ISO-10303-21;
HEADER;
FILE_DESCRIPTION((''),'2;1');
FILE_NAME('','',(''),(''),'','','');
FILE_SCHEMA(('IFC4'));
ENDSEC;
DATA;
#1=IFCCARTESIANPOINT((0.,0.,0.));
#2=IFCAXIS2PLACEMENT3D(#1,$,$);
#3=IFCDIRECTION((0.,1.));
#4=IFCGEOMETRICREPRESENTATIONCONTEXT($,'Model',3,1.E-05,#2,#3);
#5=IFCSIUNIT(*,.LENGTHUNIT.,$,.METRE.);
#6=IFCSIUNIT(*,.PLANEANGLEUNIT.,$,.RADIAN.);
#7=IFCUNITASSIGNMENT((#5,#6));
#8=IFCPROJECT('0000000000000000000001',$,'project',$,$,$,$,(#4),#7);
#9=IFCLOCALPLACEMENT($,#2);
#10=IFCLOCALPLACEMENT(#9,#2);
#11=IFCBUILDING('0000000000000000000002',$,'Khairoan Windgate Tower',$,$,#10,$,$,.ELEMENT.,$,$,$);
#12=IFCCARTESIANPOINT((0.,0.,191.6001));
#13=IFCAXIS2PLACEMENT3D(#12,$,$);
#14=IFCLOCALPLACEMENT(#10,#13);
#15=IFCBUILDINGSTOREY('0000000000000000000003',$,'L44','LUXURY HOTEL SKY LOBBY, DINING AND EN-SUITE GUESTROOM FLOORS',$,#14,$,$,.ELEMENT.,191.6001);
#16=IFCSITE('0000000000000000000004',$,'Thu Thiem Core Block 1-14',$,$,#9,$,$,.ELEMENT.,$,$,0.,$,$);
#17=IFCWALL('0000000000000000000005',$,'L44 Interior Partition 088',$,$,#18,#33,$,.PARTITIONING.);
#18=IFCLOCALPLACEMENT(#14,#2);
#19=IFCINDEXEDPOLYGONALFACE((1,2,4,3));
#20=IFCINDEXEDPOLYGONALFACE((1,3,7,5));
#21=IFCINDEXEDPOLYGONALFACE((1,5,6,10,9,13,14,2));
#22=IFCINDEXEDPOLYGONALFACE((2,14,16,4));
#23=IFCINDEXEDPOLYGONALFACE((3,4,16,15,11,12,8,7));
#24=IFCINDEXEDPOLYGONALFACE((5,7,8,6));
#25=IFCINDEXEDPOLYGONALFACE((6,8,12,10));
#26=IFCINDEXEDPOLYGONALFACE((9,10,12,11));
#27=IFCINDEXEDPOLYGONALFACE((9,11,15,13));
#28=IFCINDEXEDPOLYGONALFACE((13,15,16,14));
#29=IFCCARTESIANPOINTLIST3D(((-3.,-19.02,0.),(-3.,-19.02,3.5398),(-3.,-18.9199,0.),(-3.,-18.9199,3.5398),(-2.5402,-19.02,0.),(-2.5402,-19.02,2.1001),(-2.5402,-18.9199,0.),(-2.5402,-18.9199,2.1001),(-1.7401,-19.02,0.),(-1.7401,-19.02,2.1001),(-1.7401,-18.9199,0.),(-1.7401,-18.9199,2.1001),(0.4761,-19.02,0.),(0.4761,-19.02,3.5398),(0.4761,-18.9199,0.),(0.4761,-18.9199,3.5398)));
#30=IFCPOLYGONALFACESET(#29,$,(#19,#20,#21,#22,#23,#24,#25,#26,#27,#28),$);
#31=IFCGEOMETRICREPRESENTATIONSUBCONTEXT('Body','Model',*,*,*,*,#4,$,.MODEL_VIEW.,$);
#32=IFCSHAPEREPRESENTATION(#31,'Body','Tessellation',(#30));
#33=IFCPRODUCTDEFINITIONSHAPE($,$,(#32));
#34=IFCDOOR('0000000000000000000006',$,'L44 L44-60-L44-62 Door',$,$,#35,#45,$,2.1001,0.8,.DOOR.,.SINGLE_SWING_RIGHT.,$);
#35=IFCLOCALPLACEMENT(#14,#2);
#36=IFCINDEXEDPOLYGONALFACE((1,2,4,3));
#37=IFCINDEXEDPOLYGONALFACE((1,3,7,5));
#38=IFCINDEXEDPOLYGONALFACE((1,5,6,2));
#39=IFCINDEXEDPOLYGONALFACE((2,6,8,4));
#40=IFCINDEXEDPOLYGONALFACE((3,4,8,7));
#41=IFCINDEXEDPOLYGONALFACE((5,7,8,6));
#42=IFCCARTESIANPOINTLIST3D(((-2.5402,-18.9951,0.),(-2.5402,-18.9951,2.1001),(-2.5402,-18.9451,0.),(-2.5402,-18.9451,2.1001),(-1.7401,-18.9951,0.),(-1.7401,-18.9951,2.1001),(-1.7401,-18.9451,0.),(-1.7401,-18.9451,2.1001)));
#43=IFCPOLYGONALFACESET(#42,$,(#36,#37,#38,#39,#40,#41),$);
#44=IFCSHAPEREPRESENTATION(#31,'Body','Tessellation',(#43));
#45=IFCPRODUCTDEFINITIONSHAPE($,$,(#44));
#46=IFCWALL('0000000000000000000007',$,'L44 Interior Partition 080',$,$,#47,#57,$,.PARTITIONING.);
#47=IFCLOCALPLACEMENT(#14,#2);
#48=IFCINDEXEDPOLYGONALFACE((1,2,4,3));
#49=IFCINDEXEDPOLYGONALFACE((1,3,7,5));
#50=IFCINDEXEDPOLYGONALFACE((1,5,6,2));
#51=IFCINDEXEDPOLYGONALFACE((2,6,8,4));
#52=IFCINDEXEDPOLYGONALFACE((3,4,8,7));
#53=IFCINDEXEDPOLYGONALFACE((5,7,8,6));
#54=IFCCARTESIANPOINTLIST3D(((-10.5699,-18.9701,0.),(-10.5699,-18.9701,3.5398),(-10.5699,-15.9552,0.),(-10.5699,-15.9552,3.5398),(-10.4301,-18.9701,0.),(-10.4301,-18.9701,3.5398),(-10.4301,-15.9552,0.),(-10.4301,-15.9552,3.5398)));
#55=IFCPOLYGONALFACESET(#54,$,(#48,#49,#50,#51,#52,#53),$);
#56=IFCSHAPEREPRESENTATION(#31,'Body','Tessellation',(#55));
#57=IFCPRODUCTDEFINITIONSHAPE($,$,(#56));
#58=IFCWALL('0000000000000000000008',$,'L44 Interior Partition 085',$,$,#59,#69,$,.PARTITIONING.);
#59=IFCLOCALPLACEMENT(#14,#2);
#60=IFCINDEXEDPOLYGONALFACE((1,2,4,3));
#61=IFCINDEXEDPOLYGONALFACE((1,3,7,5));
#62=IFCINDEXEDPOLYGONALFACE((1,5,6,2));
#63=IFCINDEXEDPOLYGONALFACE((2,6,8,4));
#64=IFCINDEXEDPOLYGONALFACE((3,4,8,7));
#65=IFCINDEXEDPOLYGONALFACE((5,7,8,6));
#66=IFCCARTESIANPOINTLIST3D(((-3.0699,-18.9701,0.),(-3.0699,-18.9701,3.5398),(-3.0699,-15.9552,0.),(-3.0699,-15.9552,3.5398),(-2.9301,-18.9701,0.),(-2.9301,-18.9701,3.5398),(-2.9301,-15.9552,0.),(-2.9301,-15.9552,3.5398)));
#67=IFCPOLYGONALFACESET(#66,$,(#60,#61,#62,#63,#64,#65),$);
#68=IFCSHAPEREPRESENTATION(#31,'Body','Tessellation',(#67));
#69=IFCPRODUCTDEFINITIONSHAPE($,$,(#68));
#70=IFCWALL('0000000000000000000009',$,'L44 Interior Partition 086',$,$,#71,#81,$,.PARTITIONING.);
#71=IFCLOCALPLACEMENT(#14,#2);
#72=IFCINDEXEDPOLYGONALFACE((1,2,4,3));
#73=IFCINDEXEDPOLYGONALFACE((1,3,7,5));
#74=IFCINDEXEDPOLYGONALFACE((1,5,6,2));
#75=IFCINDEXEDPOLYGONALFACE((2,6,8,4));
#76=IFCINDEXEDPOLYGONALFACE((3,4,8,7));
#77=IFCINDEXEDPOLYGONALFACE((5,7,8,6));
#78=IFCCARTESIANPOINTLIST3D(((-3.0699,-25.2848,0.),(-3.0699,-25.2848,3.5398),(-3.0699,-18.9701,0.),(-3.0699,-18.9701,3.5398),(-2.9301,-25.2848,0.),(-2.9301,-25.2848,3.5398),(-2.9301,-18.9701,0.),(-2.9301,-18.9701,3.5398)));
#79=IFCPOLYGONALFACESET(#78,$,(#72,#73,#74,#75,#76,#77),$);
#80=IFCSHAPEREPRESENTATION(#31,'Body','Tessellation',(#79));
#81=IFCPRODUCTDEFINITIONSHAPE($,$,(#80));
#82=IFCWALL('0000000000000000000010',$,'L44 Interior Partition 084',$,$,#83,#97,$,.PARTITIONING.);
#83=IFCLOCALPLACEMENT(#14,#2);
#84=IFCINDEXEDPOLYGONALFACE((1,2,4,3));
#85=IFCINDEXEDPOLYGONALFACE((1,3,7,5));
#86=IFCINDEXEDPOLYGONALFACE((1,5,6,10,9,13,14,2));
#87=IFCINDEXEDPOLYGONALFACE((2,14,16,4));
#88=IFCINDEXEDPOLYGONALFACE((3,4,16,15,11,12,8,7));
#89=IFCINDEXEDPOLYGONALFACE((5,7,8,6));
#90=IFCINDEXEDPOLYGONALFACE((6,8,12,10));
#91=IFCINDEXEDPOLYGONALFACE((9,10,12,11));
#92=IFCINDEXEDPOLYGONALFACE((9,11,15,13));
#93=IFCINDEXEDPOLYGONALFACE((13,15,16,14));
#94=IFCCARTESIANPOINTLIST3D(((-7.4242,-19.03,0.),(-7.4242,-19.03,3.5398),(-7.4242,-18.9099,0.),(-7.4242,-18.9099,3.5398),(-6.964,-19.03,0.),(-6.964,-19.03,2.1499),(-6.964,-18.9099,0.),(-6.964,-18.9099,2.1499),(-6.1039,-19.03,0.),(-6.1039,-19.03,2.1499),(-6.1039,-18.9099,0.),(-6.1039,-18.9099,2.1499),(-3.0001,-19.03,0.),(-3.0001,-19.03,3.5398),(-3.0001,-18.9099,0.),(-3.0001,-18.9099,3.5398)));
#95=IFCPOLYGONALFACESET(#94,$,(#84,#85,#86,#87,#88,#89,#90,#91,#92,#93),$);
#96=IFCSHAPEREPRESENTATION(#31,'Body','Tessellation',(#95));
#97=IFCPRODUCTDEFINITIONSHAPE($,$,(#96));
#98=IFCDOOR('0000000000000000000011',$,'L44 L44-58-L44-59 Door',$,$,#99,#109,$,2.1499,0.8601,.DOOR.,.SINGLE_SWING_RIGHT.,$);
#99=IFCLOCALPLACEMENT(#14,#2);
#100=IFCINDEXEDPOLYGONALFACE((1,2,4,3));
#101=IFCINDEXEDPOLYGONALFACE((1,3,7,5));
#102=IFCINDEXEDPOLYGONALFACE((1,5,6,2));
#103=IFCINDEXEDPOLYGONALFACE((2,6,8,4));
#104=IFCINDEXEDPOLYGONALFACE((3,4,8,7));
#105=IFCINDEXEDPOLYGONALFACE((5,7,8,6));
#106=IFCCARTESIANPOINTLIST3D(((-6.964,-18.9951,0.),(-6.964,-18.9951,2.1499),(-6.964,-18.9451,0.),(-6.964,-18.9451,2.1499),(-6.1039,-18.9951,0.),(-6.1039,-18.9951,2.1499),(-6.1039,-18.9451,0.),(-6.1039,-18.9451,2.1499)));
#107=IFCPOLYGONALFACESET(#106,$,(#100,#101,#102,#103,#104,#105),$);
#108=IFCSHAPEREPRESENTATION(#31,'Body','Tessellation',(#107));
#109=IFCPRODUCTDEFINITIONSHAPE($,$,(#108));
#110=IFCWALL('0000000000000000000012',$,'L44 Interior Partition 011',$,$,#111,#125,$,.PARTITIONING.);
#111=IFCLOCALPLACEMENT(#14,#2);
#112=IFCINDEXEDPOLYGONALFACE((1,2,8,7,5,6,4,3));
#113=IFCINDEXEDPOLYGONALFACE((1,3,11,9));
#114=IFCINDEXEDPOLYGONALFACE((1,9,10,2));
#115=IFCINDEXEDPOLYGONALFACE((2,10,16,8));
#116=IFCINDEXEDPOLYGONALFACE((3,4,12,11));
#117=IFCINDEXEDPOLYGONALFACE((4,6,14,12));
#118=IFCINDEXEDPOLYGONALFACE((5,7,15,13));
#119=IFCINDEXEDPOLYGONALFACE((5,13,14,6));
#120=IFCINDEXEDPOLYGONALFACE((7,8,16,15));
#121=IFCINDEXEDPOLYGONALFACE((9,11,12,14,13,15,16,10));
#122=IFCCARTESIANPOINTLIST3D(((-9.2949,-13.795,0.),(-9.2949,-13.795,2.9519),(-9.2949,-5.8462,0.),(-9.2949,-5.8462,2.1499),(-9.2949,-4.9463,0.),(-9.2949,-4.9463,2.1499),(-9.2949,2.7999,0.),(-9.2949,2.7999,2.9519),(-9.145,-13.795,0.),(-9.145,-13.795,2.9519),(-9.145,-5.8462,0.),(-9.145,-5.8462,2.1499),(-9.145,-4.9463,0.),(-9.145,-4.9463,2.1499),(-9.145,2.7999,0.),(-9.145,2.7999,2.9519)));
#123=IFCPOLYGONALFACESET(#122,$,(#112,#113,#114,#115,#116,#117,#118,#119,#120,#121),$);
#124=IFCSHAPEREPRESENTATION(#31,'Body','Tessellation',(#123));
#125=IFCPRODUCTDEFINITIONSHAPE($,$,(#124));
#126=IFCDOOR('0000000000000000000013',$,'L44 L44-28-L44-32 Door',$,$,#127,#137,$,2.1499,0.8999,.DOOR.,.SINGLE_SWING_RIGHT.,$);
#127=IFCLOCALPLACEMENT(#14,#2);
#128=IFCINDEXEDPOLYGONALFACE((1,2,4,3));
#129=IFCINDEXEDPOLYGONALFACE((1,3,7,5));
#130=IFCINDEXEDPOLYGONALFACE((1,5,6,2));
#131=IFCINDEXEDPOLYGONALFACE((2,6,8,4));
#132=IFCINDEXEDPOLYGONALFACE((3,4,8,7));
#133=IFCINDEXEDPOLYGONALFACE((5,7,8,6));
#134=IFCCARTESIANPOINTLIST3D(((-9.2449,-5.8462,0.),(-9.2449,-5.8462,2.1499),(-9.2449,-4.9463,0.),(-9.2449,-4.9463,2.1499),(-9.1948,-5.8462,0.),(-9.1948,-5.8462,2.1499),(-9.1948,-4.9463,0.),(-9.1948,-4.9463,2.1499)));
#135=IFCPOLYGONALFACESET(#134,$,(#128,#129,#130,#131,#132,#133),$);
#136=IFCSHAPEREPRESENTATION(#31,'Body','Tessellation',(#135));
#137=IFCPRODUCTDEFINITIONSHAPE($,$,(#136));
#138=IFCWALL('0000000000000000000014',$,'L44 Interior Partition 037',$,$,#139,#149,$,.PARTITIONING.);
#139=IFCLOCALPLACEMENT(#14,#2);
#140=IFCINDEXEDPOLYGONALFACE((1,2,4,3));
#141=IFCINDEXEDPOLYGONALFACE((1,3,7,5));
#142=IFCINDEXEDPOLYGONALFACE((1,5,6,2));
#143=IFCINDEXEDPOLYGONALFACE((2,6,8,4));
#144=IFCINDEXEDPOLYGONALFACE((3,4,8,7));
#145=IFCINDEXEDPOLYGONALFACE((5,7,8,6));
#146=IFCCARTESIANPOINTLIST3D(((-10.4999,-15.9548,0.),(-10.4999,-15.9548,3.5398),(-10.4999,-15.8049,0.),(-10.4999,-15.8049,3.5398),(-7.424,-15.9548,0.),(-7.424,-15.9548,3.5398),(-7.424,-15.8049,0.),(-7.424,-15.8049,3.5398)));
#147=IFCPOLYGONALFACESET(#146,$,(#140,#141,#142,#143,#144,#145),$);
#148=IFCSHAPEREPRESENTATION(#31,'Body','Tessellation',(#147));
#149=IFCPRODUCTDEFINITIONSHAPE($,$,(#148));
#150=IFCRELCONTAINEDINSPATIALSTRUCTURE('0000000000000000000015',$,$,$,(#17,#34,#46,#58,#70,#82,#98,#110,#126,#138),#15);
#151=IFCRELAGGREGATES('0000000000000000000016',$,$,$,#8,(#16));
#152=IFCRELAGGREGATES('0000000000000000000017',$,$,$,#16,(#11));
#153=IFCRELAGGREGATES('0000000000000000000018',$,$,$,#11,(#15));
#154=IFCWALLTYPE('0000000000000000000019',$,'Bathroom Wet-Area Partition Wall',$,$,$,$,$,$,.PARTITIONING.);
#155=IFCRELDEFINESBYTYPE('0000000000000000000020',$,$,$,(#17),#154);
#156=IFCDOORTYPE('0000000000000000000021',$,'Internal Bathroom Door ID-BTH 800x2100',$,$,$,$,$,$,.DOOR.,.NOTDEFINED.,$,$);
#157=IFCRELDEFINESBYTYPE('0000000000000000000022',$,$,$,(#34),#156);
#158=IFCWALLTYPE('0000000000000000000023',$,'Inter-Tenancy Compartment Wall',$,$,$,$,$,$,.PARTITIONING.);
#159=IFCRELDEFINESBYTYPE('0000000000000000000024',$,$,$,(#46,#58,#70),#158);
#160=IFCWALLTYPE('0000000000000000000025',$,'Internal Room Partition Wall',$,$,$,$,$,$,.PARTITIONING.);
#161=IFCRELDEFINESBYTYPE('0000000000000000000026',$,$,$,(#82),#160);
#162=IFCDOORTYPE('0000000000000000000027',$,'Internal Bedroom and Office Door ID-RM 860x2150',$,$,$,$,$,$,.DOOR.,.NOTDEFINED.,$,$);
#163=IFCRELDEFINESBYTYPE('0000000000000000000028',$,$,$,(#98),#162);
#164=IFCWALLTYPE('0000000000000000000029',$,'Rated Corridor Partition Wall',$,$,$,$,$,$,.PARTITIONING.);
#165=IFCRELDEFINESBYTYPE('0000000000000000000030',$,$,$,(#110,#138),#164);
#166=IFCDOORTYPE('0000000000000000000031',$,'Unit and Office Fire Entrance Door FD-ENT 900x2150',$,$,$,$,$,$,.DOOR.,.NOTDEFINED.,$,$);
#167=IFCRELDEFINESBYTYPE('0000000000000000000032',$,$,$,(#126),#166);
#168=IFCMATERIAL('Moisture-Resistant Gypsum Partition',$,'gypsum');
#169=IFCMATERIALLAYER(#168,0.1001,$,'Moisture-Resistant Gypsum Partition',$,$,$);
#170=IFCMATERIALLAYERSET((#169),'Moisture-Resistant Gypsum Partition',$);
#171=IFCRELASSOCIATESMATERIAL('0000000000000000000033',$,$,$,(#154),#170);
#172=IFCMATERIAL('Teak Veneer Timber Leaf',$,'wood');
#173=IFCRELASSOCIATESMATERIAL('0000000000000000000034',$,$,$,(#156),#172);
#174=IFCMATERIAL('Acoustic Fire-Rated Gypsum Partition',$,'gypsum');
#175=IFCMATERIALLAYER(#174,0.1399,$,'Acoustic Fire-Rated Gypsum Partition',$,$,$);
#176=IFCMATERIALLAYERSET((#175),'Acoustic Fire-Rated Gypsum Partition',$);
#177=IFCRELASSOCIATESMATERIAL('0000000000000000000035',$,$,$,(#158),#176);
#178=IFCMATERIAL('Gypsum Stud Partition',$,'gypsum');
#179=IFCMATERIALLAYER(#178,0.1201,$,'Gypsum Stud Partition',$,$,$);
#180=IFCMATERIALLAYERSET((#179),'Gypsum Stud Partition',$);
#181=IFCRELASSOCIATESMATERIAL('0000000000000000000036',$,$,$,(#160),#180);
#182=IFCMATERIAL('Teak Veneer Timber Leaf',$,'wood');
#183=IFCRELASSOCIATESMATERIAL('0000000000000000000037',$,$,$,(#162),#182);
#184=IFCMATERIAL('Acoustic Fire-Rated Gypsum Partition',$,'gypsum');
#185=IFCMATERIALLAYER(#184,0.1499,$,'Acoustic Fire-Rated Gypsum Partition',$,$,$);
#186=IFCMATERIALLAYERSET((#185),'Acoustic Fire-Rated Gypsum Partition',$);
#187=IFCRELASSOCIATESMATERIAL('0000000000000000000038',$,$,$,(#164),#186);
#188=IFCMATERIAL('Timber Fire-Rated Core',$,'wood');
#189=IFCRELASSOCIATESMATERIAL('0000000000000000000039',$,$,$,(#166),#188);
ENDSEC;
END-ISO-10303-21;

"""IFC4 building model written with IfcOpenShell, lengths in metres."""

from ifc_helpers import new_model, si_unit, direction, frame, frame_2d, origin, place, context, subcontext, project, spatial, rectangle, extrude, material, layer, layer_set, type_object, element, fill, save


model = new_model("IFC4")

# Units and contexts
model_context = context("Model", 3, precision=1e-05, world=origin(), true_north=direction((0.0, 1.0)))
body_context = subcontext(model_context, "Body", "Model", "MODEL_VIEW")
ifc_project = project(units=[si_unit("LENGTHUNIT", "METRE"), si_unit("PLANEANGLEUNIT", "RADIAN")], contexts=[model_context])

# Site, building, storey
site_placement = place(None, origin())
site = spatial("IfcSite", under=ifc_project, at=site_placement, Name="Thu Thiem Core Block 1-14", CompositionType="ELEMENT", RefElevation=0.0)
building_placement = place(site_placement, origin())
building = spatial("IfcBuilding", under=site, at=building_placement, Name="Khairoan Windgate Tower", CompositionType="ELEMENT")
storey_placement = place(building_placement, frame((0.0, 0.0, 191.6001)))
storey = spatial("IfcBuildingStorey", under=building, at=storey_placement, Name="L44", Description="LUXURY HOTEL SKY LOBBY, DINING AND EN-SUITE GUESTROOM FLOORS", CompositionType="ELEMENT", Elevation=191.6001)

# Wall, opening, door
ifc_material_1 = material(Name="Moisture-Resistant Gypsum Partition", Category="gypsum")
ifc_layer_1 = layer(ifc_material_1, 0.1001, Name="Moisture-Resistant Gypsum Partition")
ifc_layer_set_1 = layer_set([ifc_layer_1], Name="Moisture-Resistant Gypsum Partition")
wall_type_1 = type_object("IfcWallType", Name="Bathroom Wet-Area Partition Wall", PredefinedType="PARTITIONING", material=ifc_layer_set_1)
ifc_material_2 = material(Name="Teak Veneer Timber Leaf", Category="wood")
door_type_1 = type_object("IfcDoorType", Name="Internal Bathroom Door ID-BTH 800x2100", OperationType="NOTDEFINED", PredefinedType="DOOR", material=ifc_material_2)
wall_1_placement = place(storey_placement, frame((-3.0, -18.97, 0.0), z_axis=(0.0, 0.0, 1.0), x_axis=(1.0, 0.0, 0.0)))
wall_1 = element("IfcWall", 1, at=wall_1_placement, inside=storey, type_object=wall_type_1, Name="L44 Interior Partition 088", PredefinedType="PARTITIONING", context=body_context, shape_type="SweptSolid", body=[
    extrude(rectangle(XDim=3.4761, YDim=0.1001, at=frame_2d((1.738, 0.0))), origin(), (0.0, 0.0, 1.0), 3.5398),
])
opening_1_placement = place(wall_1_placement, frame((0.46, 0.0, 0.0)))
opening_1 = element("IfcOpeningElement", 2, at=opening_1_placement, cuts=wall_1, PredefinedType="OPENING", context=body_context, shape_type="SweptSolid", body=[
    extrude(rectangle(XDim=0.8, YDim=2.1001, at=frame_2d((0.3999, 1.05))), frame((0.0, 0.0601, 0.0), z_axis=(0.0, -1.0, 0.0), x_axis=(1.0, 0.0, 0.0)), (0.0, 0.0, 1.0), 0.1201),
])
door_1_placement = place(opening_1_placement, origin())
door_1 = element("IfcDoor", 3, at=door_1_placement, inside=storey, type_object=door_type_1, Name="L44 L44-60-L44-62 Door", OperationType="SINGLE_SWING_RIGHT", OverallHeight=2.1001, OverallWidth=0.8, PredefinedType="DOOR", context=body_context, shape_type="SweptSolid", body=[
    extrude(rectangle(XDim=0.8, YDim=2.1001, at=frame_2d((0.3999, 1.05))), frame((0.0, 0.0249, 0.0), z_axis=(0.0, -1.0, 0.0), x_axis=(1.0, 0.0, 0.0)), (0.0, 0.0, 1.0), 0.05),
])
fill(opening_1, door_1)

# Walls
ifc_material_3 = material(Name="Acoustic Fire-Rated Gypsum Partition", Category="gypsum")
ifc_layer_2 = layer(ifc_material_3, 0.1399, Name="Acoustic Fire-Rated Gypsum Partition")
ifc_layer_set_2 = layer_set([ifc_layer_2], Name="Acoustic Fire-Rated Gypsum Partition")
wall_type_2 = type_object("IfcWallType", Name="Inter-Tenancy Compartment Wall", PredefinedType="PARTITIONING", material=ifc_layer_set_2)
for number, where, z_axis, x_axis, name in (
    (4, (-10.5, -18.97, 0.0), (0.0, 0.0, 1.0), (0.0, 1.0, 0.0), "L44 Interior Partition 080"),
    (5, (-3.0, -18.97, 0.0), (0.0, 0.0, 1.0), (0.0, 1.0, 0.0), "L44 Interior Partition 085"),
):
    element("IfcWall", number, at=place(storey_placement, frame(where, z_axis=z_axis, x_axis=x_axis)), inside=storey, type_object=wall_type_2, Name=name, PredefinedType="PARTITIONING", context=body_context, shape_type="SweptSolid", body=[
        extrude(rectangle(XDim=3.0149, YDim=0.1399, at=frame_2d((1.5073, 0.0))), origin(), (0.0, 0.0, 1.0), 3.5398),
    ])
wall_2_placement = place(storey_placement, frame((-3.0, -25.2847, 0.0), z_axis=(0.0, 0.0, 1.0), x_axis=(0.0, 1.0, 0.0)))
element("IfcWall", 6, at=wall_2_placement, inside=storey, type_object=wall_type_2, Name="L44 Interior Partition 086", PredefinedType="PARTITIONING", context=body_context, shape_type="SweptSolid", body=[
    extrude(rectangle(XDim=6.3147, YDim=0.1399, at=frame_2d((3.1572, 0.0))), origin(), (0.0, 0.0, 1.0), 3.5398),
])

# Walls, openings, doors
ifc_material_4 = material(Name="Gypsum Stud Partition", Category="gypsum")
ifc_layer_3 = layer(ifc_material_4, 0.1201, Name="Gypsum Stud Partition")
ifc_layer_set_3 = layer_set([ifc_layer_3], Name="Gypsum Stud Partition")
wall_type_3 = type_object("IfcWallType", Name="Internal Room Partition Wall", PredefinedType="PARTITIONING", material=ifc_layer_set_3)
wall_3_placement = place(storey_placement, frame((-7.4241, -18.97, 0.0), z_axis=(0.0, 0.0, 1.0), x_axis=(1.0, 0.0, 0.0)))
wall_3 = element("IfcWall", 7, at=wall_3_placement, inside=storey, type_object=wall_type_3, Name="L44 Interior Partition 084", PredefinedType="PARTITIONING", context=body_context, shape_type="SweptSolid", body=[
    extrude(rectangle(XDim=4.4241, YDim=0.1201, at=frame_2d((2.2119, 0.0))), origin(), (0.0, 0.0, 1.0), 3.5398),
])
opening_2_placement = place(wall_3_placement, frame((0.46, 0.0, 0.0)))
opening_2 = element("IfcOpeningElement", 8, at=opening_2_placement, cuts=wall_3, PredefinedType="OPENING", context=body_context, shape_type="SweptSolid", body=[
    extrude(rectangle(XDim=0.8601, YDim=2.1499, at=frame_2d((0.4302, 1.075))), frame((0.0, 0.0701, 0.0), z_axis=(0.0, -1.0, 0.0), x_axis=(1.0, 0.0, 0.0)), (0.0, 0.0, 1.0), 0.1401),
])
ifc_material_5 = material(Name="Teak Veneer Timber Leaf", Category="wood")
door_type_2 = type_object("IfcDoorType", Name="Internal Bedroom and Office Door ID-RM 860x2150", OperationType="NOTDEFINED", PredefinedType="DOOR", material=ifc_material_5)
door_2_placement = place(opening_2_placement, origin())
door_2 = element("IfcDoor", 9, at=door_2_placement, inside=storey, type_object=door_type_2, Name="L44 L44-58-L44-59 Door", OperationType="SINGLE_SWING_RIGHT", OverallHeight=2.1499, OverallWidth=0.8601, PredefinedType="DOOR", context=body_context, shape_type="SweptSolid", body=[
    extrude(rectangle(XDim=0.8601, YDim=2.1499, at=frame_2d((0.4302, 1.075))), frame((0.0, 0.0249, 0.0), z_axis=(0.0, -1.0, 0.0), x_axis=(1.0, 0.0, 0.0)), (0.0, 0.0, 1.0), 0.05),
])
fill(opening_2, door_2)
ifc_material_6 = material(Name="Acoustic Fire-Rated Gypsum Partition", Category="gypsum")
ifc_layer_4 = layer(ifc_material_6, 0.1499, Name="Acoustic Fire-Rated Gypsum Partition")
ifc_layer_set_4 = layer_set([ifc_layer_4], Name="Acoustic Fire-Rated Gypsum Partition")
wall_type_4 = type_object("IfcWallType", Name="Rated Corridor Partition Wall", PredefinedType="PARTITIONING", material=ifc_layer_set_4)
wall_4_placement = place(storey_placement, frame((-9.22, -13.7949, 0.0), z_axis=(0.0, 0.0, 1.0), x_axis=(0.0, 1.0, 0.0)))
wall_4 = element("IfcWall", 10, at=wall_4_placement, inside=storey, type_object=wall_type_4, Name="L44 Interior Partition 011", PredefinedType="PARTITIONING", context=body_context, shape_type="SweptSolid", body=[
    extrude(rectangle(XDim=16.595, YDim=0.1499, at=frame_2d((8.2974, 0.0))), origin(), (0.0, 0.0, 1.0), 2.9519),
])
opening_3_placement = place(wall_4_placement, frame((7.9487, 0.0, 0.0)))
opening_3 = element("IfcOpeningElement", 11, at=opening_3_placement, cuts=wall_4, PredefinedType="OPENING", context=body_context, shape_type="SweptSolid", body=[
    extrude(rectangle(XDim=0.8999, YDim=2.1499, at=frame_2d((0.45, 1.075))), frame((0.0, 0.085, 0.0), z_axis=(0.0, -1.0, 0.0), x_axis=(1.0, 0.0, 0.0)), (0.0, 0.0, 1.0), 0.1699),
])
ifc_material_7 = material(Name="Timber Fire-Rated Core", Category="wood")
door_type_3 = type_object("IfcDoorType", Name="Unit and Office Fire Entrance Door FD-ENT 900x2150", OperationType="NOTDEFINED", PredefinedType="DOOR", material=ifc_material_7)
door_3_placement = place(opening_3_placement, origin())
door_3 = element("IfcDoor", 12, at=door_3_placement, inside=storey, type_object=door_type_3, Name="L44 L44-28-L44-32 Door", OperationType="SINGLE_SWING_RIGHT", OverallHeight=2.1499, OverallWidth=0.8999, PredefinedType="DOOR", context=body_context, shape_type="SweptSolid", body=[
    extrude(rectangle(XDim=0.8999, YDim=2.1499, at=frame_2d((0.45, 1.075))), frame((0.0, 0.0249, 0.0), z_axis=(0.0, -1.0, 0.0), x_axis=(1.0, 0.0, 0.0)), (0.0, 0.0, 1.0), 0.05),
])
fill(opening_3, door_3)

# Wall
wall_5_placement = place(storey_placement, frame((-10.5, -15.8799, 0.0), z_axis=(0.0, 0.0, 1.0), x_axis=(1.0, 0.0, 0.0)))
element("IfcWall", 13, at=wall_5_placement, inside=storey, type_object=wall_type_4, Name="L44 Interior Partition 037", PredefinedType="PARTITIONING", context=body_context, shape_type="SweptSolid", body=[
    extrude(rectangle(XDim=3.0759, YDim=0.1499, at=frame_2d((1.5381, 0.0))), origin(), (0.0, 0.0, 1.0), 3.5398),
])

save(model, "model.ifc")
